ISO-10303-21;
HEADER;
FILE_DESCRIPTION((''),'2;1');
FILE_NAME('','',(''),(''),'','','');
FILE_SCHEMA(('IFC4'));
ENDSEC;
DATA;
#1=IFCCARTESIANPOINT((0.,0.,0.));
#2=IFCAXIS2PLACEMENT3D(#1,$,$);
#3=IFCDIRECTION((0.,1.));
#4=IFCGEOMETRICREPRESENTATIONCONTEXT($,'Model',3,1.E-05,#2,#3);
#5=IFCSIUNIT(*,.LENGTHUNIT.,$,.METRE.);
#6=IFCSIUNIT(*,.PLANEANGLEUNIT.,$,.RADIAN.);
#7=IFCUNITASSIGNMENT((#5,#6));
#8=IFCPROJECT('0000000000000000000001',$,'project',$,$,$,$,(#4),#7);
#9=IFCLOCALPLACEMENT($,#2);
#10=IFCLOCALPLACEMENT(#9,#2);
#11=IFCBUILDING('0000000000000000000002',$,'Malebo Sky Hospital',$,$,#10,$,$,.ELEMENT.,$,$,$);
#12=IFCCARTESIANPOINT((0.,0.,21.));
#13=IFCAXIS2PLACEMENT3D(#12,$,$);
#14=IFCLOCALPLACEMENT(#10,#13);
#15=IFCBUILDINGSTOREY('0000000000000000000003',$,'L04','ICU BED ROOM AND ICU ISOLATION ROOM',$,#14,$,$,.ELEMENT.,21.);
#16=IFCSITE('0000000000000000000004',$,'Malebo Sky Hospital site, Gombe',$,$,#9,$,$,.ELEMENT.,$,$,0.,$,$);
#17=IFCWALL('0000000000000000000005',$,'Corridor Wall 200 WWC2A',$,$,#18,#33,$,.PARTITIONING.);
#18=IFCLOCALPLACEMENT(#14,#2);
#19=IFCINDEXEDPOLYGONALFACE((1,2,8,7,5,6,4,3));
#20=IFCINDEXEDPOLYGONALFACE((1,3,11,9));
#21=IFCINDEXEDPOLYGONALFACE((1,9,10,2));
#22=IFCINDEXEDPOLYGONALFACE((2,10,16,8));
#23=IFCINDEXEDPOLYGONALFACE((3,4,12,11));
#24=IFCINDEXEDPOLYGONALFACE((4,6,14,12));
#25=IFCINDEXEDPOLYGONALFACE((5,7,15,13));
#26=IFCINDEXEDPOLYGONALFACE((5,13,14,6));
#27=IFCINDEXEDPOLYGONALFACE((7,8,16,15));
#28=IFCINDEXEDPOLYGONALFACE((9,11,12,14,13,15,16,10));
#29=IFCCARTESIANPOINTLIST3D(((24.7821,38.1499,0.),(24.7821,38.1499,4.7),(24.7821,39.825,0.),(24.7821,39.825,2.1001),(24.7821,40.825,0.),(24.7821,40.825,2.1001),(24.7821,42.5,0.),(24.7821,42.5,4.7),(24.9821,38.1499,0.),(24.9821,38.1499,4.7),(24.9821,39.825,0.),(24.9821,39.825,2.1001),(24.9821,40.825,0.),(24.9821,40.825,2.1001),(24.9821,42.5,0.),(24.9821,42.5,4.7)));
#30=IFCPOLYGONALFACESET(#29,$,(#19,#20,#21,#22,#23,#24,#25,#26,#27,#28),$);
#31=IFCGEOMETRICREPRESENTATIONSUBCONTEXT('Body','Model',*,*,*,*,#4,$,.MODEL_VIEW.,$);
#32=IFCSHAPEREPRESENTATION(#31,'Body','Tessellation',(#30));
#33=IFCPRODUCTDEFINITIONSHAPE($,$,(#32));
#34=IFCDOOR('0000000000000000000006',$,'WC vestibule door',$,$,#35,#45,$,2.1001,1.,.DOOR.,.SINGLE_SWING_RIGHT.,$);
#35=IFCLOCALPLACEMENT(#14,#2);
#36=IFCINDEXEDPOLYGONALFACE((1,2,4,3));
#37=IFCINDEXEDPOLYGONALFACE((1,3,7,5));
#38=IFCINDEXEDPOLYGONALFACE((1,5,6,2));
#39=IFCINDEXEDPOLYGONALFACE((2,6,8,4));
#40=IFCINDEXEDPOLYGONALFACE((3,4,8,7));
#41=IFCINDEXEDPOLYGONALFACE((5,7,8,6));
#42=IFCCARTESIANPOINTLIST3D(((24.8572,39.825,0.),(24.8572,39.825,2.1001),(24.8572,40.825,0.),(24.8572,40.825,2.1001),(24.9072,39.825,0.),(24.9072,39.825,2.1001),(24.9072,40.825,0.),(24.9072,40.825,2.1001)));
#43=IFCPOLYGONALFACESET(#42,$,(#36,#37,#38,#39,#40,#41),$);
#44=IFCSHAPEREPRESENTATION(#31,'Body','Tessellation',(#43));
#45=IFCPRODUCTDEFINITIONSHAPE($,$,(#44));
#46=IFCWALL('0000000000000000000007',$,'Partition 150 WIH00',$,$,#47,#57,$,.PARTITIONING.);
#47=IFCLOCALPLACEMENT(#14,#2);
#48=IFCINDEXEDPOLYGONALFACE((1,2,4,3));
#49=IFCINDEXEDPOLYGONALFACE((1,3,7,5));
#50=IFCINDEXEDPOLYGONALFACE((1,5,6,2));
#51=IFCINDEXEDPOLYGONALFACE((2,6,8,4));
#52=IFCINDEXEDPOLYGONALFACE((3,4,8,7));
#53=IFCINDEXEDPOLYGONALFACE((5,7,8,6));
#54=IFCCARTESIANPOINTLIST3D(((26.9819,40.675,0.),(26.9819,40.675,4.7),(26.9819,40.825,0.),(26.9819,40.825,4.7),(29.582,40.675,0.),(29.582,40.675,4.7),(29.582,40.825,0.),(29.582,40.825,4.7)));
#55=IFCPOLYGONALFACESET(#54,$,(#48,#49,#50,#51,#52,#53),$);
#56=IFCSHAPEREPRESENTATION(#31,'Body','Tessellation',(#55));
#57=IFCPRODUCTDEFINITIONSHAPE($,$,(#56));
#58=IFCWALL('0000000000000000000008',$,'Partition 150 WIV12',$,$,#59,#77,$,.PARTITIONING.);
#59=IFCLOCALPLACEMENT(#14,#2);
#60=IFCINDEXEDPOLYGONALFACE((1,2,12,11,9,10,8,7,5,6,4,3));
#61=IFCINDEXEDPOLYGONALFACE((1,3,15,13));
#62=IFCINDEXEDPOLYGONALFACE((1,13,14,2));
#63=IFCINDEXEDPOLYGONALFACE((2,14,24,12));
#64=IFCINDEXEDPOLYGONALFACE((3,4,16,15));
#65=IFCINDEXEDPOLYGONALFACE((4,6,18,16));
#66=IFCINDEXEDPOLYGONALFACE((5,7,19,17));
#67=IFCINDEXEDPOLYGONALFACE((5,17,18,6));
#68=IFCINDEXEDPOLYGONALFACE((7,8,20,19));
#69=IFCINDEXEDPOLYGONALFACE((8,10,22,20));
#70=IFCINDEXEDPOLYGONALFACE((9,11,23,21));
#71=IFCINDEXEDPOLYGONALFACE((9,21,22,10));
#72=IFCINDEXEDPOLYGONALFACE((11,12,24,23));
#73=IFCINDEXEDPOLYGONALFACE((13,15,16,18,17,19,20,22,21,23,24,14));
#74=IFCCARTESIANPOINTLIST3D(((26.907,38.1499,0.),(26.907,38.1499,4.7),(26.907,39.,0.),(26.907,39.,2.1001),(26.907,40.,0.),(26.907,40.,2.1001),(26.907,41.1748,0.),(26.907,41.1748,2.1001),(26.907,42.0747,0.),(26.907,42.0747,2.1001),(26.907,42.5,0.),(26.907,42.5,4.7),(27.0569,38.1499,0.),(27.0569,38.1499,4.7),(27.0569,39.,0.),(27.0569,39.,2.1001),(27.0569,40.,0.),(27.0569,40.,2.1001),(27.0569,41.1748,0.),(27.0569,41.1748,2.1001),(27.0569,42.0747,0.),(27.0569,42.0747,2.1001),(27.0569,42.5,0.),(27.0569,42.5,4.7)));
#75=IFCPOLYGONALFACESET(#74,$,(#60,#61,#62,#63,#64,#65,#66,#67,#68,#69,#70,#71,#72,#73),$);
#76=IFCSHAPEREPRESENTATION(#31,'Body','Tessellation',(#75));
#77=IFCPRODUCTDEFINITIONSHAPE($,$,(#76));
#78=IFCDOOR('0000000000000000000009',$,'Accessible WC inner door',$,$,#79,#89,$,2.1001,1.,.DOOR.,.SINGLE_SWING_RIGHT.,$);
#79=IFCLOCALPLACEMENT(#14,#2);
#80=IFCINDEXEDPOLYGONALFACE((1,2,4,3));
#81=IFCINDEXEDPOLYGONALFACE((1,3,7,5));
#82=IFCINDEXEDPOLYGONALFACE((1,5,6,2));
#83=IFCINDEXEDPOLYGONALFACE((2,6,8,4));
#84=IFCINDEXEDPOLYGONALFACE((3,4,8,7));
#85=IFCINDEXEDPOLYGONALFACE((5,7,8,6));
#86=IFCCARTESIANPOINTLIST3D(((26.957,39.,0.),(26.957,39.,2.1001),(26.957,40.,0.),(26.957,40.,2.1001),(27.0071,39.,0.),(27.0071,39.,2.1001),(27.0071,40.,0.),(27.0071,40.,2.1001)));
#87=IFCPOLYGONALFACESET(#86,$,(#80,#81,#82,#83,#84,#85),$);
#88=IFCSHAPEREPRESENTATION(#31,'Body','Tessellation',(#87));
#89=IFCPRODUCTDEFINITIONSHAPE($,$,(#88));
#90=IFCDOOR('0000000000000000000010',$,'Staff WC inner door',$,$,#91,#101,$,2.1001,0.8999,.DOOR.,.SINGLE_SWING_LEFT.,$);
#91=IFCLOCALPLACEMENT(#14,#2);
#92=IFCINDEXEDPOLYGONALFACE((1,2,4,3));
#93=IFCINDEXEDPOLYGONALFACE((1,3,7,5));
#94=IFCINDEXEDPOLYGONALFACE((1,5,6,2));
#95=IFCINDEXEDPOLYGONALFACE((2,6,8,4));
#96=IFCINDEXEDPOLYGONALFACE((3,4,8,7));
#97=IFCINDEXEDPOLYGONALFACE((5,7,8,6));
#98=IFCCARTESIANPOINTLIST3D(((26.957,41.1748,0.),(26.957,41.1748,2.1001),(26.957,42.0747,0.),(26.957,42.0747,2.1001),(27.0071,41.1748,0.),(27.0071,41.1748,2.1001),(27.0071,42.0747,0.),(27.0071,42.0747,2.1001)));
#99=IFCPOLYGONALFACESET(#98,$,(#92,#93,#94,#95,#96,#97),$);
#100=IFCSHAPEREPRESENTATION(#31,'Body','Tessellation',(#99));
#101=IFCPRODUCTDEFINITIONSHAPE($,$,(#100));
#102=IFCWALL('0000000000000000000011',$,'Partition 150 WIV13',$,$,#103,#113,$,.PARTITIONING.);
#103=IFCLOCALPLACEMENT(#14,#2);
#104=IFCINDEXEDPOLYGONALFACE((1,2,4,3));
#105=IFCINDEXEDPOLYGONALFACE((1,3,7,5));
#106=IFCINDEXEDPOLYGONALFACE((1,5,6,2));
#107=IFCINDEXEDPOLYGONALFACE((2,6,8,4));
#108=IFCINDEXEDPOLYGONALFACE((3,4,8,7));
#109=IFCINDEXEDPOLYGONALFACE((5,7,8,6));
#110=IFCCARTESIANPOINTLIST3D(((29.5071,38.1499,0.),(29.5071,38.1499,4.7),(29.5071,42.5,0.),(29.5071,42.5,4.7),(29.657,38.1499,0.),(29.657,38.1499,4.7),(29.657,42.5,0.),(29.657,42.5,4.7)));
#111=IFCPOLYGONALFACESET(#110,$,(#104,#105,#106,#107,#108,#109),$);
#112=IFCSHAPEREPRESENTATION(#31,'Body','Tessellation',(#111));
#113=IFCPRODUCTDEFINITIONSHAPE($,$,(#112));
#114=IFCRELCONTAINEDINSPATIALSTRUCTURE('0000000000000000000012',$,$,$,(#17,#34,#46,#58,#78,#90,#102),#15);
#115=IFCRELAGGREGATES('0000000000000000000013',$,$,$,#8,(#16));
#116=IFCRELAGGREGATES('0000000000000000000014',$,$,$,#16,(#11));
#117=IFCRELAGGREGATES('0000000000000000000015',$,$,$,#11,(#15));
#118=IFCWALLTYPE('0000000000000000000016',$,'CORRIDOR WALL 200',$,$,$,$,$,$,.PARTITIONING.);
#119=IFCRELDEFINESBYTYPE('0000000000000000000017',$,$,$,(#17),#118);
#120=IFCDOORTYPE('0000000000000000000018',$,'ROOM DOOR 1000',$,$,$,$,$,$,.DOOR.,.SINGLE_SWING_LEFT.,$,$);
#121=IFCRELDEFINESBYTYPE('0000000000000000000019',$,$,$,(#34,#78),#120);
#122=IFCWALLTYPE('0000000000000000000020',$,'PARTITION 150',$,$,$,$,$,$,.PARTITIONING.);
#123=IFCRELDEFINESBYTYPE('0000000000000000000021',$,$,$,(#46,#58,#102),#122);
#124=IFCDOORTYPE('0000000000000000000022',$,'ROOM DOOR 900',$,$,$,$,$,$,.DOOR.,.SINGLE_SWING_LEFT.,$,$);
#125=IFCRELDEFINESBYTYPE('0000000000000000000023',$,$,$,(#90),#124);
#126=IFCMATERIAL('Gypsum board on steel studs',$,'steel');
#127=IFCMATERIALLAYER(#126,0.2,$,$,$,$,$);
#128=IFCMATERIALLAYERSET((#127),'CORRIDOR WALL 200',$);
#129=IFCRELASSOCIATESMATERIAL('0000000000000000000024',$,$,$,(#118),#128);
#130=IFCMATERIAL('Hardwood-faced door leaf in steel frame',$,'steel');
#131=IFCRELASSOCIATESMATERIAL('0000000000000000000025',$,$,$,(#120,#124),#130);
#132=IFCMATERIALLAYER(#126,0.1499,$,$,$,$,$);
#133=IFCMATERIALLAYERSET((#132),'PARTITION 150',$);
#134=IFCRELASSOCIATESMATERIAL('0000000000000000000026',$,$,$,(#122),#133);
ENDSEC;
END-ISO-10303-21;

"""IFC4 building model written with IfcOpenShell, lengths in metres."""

from ifc_helpers import new_model, si_unit, direction, frame, frame_2d, origin, place, context, subcontext, project, spatial, rectangle, extrude, material, layer, layer_set, type_object, element, fill, save


model = new_model("IFC4")

# Units and contexts
model_context = context("Model", 3, precision=1e-05, world=origin(), true_north=direction((0.0, 1.0)))
body_context = subcontext(model_context, "Body", "Model", "MODEL_VIEW")
ifc_project = project(units=[si_unit("LENGTHUNIT", "METRE"), si_unit("PLANEANGLEUNIT", "RADIAN")], contexts=[model_context])

# Site, building, storey
site_placement = place(None, origin())
site = spatial("IfcSite", under=ifc_project, at=site_placement, Name="Malebo Sky Hospital site, Gombe", CompositionType="ELEMENT", RefElevation=0.0)
building_placement = place(site_placement, origin())
building = spatial("IfcBuilding", under=site, at=building_placement, Name="Malebo Sky Hospital", CompositionType="ELEMENT")
storey_placement = place(building_placement, frame((0.0, 0.0, 21.0)))
storey = spatial("IfcBuildingStorey", under=building, at=storey_placement, Name="L04", Description="ICU BED ROOM AND ICU ISOLATION ROOM", CompositionType="ELEMENT", Elevation=21.0)

# Wall, opening, door
ifc_material_1 = material(Name="Gypsum board on steel studs", Category="steel")
ifc_layer_1 = layer(ifc_material_1, 0.2)
ifc_layer_set_1 = layer_set([ifc_layer_1], Name="CORRIDOR WALL 200")
wall_type_1 = type_object("IfcWallType", Name="CORRIDOR WALL 200", PredefinedType="PARTITIONING", material=ifc_layer_set_1)
wall_1_placement = place(storey_placement, frame((24.8821, 38.1499, 0.0), z_axis=(0.0, 0.0, 1.0), x_axis=(0.0, 1.0, 0.0)))
wall_1 = element("IfcWall", 1, at=wall_1_placement, inside=storey, type_object=wall_type_1, Name="Corridor Wall 200 WWC2A", PredefinedType="PARTITIONING", context=body_context, shape_type="SweptSolid", body=[
    extrude(rectangle(XDim=4.3501, YDim=0.2, at=frame_2d((2.175, 0.0))), origin(), (0.0, 0.0, 1.0), 4.7),
])
opening_1_placement = place(wall_1_placement, frame((1.675, 0.0, 0.0)))
opening_1 = element("IfcOpeningElement", 2, at=opening_1_placement, cuts=wall_1, PredefinedType="OPENING", context=body_context, shape_type="SweptSolid", body=[
    extrude(rectangle(XDim=1.0, YDim=2.1001, at=frame_2d((0.5, 1.05))), frame((0.0, 0.1099, 0.0), z_axis=(0.0, -1.0, 0.0), x_axis=(1.0, 0.0, 0.0)), (0.0, 0.0, 1.0), 0.22),
])
ifc_material_2 = material(Name="Hardwood-faced door leaf in steel frame", Category="steel")
door_type_1 = type_object("IfcDoorType", Name="ROOM DOOR 1000", OperationType="SINGLE_SWING_LEFT", PredefinedType="DOOR", material=ifc_material_2)
door_1_placement = place(opening_1_placement, origin())
door_1 = element("IfcDoor", 3, at=door_1_placement, inside=storey, type_object=door_type_1, Name="WC vestibule door", OperationType="SINGLE_SWING_RIGHT", OverallHeight=2.1001, OverallWidth=1.0, PredefinedType="DOOR", context=body_context, shape_type="SweptSolid", body=[
    extrude(rectangle(XDim=1.0, YDim=2.1001, at=frame_2d((0.5, 1.05))), frame((0.0, 0.0249, 0.0), z_axis=(0.0, -1.0, 0.0), x_axis=(1.0, 0.0, 0.0)), (0.0, 0.0, 1.0), 0.05),
])
fill(opening_1, door_1)

# Wall
ifc_layer_2 = layer(ifc_material_1, 0.1499)
ifc_layer_set_2 = layer_set([ifc_layer_2], Name="PARTITION 150")
wall_type_2 = type_object("IfcWallType", Name="PARTITION 150", PredefinedType="PARTITIONING", material=ifc_layer_set_2)
wall_2_placement = place(storey_placement, frame((26.9819, 40.75, 0.0), z_axis=(0.0, 0.0, 1.0), x_axis=(1.0, 0.0, 0.0)))
element("IfcWall", 4, at=wall_2_placement, inside=storey, type_object=wall_type_2, Name="Partition 150 WIH00", PredefinedType="PARTITIONING", context=body_context, shape_type="SweptSolid", body=[
    extrude(rectangle(XDim=2.6001, YDim=0.1499, at=frame_2d((1.3, 0.0))), origin(), (0.0, 0.0, 1.0), 4.7),
])

# Wall, openings, doors
wall_3_placement = place(storey_placement, frame((26.9819, 38.1499, 0.0), z_axis=(0.0, 0.0, 1.0), x_axis=(0.0, 1.0, 0.0)))
wall_3 = element("IfcWall", 5, at=wall_3_placement, inside=storey, type_object=wall_type_2, Name="Partition 150 WIV12", PredefinedType="PARTITIONING", context=body_context, shape_type="SweptSolid", body=[
    extrude(rectangle(XDim=4.3501, YDim=0.1499, at=frame_2d((2.175, 0.0))), origin(), (0.0, 0.0, 1.0), 4.7),
])
opening_2_placement = place(wall_3_placement, frame((0.8501, 0.0, 0.0)))
opening_2 = element("IfcOpeningElement", 6, at=opening_2_placement, cuts=wall_3, PredefinedType="OPENING", context=body_context, shape_type="SweptSolid", body=[
    extrude(rectangle(XDim=1.0, YDim=2.1001, at=frame_2d((0.5, 1.05))), frame((0.0, 0.085, 0.0), z_axis=(0.0, -1.0, 0.0), x_axis=(1.0, 0.0, 0.0)), (0.0, 0.0, 1.0), 0.1699),
])
opening_3_placement = place(wall_3_placement, frame((3.0249, 0.0, 0.0)))
opening_3 = element("IfcOpeningElement", 7, at=opening_3_placement, cuts=wall_3, PredefinedType="OPENING", context=body_context, shape_type="SweptSolid", body=[
    extrude(rectangle(XDim=0.8999, YDim=2.1001, at=frame_2d((0.45, 1.05))), frame((0.0, 0.085, 0.0), z_axis=(0.0, -1.0, 0.0), x_axis=(1.0, 0.0, 0.0)), (0.0, 0.0, 1.0), 0.1699),
])
door_2_placement = place(opening_2_placement, origin())
door_2 = element("IfcDoor", 8, at=door_2_placement, inside=storey, type_object=door_type_1, Name="Accessible WC inner door", OperationType="SINGLE_SWING_RIGHT", OverallHeight=2.1001, OverallWidth=1.0, PredefinedType="DOOR", context=body_context, shape_type="SweptSolid", body=[
    extrude(rectangle(XDim=1.0, YDim=2.1001, at=frame_2d((0.5, 1.05))), frame((0.0, 0.0249, 0.0), z_axis=(0.0, -1.0, 0.0), x_axis=(1.0, 0.0, 0.0)), (0.0, 0.0, 1.0), 0.05),
])
fill(opening_2, door_2)
door_type_2 = type_object("IfcDoorType", Name="ROOM DOOR 900", OperationType="SINGLE_SWING_LEFT", PredefinedType="DOOR", material=ifc_material_2)
door_3_placement = place(opening_3_placement, origin())
door_3 = element("IfcDoor", 9, at=door_3_placement, inside=storey, type_object=door_type_2, Name="Staff WC inner door", OperationType="SINGLE_SWING_LEFT", OverallHeight=2.1001, OverallWidth=0.8999, PredefinedType="DOOR", context=body_context, shape_type="SweptSolid", body=[
    extrude(rectangle(XDim=0.8999, YDim=2.1001, at=frame_2d((0.45, 1.05))), frame((0.0, 0.0249, 0.0), z_axis=(0.0, -1.0, 0.0), x_axis=(1.0, 0.0, 0.0)), (0.0, 0.0, 1.0), 0.05),
])
fill(opening_3, door_3)

# Wall
wall_4_placement = place(storey_placement, frame((29.582, 38.1499, 0.0), z_axis=(0.0, 0.0, 1.0), x_axis=(0.0, 1.0, 0.0)))
element("IfcWall", 10, at=wall_4_placement, inside=storey, type_object=wall_type_2, Name="Partition 150 WIV13", PredefinedType="PARTITIONING", context=body_context, shape_type="SweptSolid", body=[
    extrude(rectangle(XDim=4.3501, YDim=0.1499, at=frame_2d((2.175, 0.0))), origin(), (0.0, 0.0, 1.0), 4.7),
])

save(model, "model.ifc")
